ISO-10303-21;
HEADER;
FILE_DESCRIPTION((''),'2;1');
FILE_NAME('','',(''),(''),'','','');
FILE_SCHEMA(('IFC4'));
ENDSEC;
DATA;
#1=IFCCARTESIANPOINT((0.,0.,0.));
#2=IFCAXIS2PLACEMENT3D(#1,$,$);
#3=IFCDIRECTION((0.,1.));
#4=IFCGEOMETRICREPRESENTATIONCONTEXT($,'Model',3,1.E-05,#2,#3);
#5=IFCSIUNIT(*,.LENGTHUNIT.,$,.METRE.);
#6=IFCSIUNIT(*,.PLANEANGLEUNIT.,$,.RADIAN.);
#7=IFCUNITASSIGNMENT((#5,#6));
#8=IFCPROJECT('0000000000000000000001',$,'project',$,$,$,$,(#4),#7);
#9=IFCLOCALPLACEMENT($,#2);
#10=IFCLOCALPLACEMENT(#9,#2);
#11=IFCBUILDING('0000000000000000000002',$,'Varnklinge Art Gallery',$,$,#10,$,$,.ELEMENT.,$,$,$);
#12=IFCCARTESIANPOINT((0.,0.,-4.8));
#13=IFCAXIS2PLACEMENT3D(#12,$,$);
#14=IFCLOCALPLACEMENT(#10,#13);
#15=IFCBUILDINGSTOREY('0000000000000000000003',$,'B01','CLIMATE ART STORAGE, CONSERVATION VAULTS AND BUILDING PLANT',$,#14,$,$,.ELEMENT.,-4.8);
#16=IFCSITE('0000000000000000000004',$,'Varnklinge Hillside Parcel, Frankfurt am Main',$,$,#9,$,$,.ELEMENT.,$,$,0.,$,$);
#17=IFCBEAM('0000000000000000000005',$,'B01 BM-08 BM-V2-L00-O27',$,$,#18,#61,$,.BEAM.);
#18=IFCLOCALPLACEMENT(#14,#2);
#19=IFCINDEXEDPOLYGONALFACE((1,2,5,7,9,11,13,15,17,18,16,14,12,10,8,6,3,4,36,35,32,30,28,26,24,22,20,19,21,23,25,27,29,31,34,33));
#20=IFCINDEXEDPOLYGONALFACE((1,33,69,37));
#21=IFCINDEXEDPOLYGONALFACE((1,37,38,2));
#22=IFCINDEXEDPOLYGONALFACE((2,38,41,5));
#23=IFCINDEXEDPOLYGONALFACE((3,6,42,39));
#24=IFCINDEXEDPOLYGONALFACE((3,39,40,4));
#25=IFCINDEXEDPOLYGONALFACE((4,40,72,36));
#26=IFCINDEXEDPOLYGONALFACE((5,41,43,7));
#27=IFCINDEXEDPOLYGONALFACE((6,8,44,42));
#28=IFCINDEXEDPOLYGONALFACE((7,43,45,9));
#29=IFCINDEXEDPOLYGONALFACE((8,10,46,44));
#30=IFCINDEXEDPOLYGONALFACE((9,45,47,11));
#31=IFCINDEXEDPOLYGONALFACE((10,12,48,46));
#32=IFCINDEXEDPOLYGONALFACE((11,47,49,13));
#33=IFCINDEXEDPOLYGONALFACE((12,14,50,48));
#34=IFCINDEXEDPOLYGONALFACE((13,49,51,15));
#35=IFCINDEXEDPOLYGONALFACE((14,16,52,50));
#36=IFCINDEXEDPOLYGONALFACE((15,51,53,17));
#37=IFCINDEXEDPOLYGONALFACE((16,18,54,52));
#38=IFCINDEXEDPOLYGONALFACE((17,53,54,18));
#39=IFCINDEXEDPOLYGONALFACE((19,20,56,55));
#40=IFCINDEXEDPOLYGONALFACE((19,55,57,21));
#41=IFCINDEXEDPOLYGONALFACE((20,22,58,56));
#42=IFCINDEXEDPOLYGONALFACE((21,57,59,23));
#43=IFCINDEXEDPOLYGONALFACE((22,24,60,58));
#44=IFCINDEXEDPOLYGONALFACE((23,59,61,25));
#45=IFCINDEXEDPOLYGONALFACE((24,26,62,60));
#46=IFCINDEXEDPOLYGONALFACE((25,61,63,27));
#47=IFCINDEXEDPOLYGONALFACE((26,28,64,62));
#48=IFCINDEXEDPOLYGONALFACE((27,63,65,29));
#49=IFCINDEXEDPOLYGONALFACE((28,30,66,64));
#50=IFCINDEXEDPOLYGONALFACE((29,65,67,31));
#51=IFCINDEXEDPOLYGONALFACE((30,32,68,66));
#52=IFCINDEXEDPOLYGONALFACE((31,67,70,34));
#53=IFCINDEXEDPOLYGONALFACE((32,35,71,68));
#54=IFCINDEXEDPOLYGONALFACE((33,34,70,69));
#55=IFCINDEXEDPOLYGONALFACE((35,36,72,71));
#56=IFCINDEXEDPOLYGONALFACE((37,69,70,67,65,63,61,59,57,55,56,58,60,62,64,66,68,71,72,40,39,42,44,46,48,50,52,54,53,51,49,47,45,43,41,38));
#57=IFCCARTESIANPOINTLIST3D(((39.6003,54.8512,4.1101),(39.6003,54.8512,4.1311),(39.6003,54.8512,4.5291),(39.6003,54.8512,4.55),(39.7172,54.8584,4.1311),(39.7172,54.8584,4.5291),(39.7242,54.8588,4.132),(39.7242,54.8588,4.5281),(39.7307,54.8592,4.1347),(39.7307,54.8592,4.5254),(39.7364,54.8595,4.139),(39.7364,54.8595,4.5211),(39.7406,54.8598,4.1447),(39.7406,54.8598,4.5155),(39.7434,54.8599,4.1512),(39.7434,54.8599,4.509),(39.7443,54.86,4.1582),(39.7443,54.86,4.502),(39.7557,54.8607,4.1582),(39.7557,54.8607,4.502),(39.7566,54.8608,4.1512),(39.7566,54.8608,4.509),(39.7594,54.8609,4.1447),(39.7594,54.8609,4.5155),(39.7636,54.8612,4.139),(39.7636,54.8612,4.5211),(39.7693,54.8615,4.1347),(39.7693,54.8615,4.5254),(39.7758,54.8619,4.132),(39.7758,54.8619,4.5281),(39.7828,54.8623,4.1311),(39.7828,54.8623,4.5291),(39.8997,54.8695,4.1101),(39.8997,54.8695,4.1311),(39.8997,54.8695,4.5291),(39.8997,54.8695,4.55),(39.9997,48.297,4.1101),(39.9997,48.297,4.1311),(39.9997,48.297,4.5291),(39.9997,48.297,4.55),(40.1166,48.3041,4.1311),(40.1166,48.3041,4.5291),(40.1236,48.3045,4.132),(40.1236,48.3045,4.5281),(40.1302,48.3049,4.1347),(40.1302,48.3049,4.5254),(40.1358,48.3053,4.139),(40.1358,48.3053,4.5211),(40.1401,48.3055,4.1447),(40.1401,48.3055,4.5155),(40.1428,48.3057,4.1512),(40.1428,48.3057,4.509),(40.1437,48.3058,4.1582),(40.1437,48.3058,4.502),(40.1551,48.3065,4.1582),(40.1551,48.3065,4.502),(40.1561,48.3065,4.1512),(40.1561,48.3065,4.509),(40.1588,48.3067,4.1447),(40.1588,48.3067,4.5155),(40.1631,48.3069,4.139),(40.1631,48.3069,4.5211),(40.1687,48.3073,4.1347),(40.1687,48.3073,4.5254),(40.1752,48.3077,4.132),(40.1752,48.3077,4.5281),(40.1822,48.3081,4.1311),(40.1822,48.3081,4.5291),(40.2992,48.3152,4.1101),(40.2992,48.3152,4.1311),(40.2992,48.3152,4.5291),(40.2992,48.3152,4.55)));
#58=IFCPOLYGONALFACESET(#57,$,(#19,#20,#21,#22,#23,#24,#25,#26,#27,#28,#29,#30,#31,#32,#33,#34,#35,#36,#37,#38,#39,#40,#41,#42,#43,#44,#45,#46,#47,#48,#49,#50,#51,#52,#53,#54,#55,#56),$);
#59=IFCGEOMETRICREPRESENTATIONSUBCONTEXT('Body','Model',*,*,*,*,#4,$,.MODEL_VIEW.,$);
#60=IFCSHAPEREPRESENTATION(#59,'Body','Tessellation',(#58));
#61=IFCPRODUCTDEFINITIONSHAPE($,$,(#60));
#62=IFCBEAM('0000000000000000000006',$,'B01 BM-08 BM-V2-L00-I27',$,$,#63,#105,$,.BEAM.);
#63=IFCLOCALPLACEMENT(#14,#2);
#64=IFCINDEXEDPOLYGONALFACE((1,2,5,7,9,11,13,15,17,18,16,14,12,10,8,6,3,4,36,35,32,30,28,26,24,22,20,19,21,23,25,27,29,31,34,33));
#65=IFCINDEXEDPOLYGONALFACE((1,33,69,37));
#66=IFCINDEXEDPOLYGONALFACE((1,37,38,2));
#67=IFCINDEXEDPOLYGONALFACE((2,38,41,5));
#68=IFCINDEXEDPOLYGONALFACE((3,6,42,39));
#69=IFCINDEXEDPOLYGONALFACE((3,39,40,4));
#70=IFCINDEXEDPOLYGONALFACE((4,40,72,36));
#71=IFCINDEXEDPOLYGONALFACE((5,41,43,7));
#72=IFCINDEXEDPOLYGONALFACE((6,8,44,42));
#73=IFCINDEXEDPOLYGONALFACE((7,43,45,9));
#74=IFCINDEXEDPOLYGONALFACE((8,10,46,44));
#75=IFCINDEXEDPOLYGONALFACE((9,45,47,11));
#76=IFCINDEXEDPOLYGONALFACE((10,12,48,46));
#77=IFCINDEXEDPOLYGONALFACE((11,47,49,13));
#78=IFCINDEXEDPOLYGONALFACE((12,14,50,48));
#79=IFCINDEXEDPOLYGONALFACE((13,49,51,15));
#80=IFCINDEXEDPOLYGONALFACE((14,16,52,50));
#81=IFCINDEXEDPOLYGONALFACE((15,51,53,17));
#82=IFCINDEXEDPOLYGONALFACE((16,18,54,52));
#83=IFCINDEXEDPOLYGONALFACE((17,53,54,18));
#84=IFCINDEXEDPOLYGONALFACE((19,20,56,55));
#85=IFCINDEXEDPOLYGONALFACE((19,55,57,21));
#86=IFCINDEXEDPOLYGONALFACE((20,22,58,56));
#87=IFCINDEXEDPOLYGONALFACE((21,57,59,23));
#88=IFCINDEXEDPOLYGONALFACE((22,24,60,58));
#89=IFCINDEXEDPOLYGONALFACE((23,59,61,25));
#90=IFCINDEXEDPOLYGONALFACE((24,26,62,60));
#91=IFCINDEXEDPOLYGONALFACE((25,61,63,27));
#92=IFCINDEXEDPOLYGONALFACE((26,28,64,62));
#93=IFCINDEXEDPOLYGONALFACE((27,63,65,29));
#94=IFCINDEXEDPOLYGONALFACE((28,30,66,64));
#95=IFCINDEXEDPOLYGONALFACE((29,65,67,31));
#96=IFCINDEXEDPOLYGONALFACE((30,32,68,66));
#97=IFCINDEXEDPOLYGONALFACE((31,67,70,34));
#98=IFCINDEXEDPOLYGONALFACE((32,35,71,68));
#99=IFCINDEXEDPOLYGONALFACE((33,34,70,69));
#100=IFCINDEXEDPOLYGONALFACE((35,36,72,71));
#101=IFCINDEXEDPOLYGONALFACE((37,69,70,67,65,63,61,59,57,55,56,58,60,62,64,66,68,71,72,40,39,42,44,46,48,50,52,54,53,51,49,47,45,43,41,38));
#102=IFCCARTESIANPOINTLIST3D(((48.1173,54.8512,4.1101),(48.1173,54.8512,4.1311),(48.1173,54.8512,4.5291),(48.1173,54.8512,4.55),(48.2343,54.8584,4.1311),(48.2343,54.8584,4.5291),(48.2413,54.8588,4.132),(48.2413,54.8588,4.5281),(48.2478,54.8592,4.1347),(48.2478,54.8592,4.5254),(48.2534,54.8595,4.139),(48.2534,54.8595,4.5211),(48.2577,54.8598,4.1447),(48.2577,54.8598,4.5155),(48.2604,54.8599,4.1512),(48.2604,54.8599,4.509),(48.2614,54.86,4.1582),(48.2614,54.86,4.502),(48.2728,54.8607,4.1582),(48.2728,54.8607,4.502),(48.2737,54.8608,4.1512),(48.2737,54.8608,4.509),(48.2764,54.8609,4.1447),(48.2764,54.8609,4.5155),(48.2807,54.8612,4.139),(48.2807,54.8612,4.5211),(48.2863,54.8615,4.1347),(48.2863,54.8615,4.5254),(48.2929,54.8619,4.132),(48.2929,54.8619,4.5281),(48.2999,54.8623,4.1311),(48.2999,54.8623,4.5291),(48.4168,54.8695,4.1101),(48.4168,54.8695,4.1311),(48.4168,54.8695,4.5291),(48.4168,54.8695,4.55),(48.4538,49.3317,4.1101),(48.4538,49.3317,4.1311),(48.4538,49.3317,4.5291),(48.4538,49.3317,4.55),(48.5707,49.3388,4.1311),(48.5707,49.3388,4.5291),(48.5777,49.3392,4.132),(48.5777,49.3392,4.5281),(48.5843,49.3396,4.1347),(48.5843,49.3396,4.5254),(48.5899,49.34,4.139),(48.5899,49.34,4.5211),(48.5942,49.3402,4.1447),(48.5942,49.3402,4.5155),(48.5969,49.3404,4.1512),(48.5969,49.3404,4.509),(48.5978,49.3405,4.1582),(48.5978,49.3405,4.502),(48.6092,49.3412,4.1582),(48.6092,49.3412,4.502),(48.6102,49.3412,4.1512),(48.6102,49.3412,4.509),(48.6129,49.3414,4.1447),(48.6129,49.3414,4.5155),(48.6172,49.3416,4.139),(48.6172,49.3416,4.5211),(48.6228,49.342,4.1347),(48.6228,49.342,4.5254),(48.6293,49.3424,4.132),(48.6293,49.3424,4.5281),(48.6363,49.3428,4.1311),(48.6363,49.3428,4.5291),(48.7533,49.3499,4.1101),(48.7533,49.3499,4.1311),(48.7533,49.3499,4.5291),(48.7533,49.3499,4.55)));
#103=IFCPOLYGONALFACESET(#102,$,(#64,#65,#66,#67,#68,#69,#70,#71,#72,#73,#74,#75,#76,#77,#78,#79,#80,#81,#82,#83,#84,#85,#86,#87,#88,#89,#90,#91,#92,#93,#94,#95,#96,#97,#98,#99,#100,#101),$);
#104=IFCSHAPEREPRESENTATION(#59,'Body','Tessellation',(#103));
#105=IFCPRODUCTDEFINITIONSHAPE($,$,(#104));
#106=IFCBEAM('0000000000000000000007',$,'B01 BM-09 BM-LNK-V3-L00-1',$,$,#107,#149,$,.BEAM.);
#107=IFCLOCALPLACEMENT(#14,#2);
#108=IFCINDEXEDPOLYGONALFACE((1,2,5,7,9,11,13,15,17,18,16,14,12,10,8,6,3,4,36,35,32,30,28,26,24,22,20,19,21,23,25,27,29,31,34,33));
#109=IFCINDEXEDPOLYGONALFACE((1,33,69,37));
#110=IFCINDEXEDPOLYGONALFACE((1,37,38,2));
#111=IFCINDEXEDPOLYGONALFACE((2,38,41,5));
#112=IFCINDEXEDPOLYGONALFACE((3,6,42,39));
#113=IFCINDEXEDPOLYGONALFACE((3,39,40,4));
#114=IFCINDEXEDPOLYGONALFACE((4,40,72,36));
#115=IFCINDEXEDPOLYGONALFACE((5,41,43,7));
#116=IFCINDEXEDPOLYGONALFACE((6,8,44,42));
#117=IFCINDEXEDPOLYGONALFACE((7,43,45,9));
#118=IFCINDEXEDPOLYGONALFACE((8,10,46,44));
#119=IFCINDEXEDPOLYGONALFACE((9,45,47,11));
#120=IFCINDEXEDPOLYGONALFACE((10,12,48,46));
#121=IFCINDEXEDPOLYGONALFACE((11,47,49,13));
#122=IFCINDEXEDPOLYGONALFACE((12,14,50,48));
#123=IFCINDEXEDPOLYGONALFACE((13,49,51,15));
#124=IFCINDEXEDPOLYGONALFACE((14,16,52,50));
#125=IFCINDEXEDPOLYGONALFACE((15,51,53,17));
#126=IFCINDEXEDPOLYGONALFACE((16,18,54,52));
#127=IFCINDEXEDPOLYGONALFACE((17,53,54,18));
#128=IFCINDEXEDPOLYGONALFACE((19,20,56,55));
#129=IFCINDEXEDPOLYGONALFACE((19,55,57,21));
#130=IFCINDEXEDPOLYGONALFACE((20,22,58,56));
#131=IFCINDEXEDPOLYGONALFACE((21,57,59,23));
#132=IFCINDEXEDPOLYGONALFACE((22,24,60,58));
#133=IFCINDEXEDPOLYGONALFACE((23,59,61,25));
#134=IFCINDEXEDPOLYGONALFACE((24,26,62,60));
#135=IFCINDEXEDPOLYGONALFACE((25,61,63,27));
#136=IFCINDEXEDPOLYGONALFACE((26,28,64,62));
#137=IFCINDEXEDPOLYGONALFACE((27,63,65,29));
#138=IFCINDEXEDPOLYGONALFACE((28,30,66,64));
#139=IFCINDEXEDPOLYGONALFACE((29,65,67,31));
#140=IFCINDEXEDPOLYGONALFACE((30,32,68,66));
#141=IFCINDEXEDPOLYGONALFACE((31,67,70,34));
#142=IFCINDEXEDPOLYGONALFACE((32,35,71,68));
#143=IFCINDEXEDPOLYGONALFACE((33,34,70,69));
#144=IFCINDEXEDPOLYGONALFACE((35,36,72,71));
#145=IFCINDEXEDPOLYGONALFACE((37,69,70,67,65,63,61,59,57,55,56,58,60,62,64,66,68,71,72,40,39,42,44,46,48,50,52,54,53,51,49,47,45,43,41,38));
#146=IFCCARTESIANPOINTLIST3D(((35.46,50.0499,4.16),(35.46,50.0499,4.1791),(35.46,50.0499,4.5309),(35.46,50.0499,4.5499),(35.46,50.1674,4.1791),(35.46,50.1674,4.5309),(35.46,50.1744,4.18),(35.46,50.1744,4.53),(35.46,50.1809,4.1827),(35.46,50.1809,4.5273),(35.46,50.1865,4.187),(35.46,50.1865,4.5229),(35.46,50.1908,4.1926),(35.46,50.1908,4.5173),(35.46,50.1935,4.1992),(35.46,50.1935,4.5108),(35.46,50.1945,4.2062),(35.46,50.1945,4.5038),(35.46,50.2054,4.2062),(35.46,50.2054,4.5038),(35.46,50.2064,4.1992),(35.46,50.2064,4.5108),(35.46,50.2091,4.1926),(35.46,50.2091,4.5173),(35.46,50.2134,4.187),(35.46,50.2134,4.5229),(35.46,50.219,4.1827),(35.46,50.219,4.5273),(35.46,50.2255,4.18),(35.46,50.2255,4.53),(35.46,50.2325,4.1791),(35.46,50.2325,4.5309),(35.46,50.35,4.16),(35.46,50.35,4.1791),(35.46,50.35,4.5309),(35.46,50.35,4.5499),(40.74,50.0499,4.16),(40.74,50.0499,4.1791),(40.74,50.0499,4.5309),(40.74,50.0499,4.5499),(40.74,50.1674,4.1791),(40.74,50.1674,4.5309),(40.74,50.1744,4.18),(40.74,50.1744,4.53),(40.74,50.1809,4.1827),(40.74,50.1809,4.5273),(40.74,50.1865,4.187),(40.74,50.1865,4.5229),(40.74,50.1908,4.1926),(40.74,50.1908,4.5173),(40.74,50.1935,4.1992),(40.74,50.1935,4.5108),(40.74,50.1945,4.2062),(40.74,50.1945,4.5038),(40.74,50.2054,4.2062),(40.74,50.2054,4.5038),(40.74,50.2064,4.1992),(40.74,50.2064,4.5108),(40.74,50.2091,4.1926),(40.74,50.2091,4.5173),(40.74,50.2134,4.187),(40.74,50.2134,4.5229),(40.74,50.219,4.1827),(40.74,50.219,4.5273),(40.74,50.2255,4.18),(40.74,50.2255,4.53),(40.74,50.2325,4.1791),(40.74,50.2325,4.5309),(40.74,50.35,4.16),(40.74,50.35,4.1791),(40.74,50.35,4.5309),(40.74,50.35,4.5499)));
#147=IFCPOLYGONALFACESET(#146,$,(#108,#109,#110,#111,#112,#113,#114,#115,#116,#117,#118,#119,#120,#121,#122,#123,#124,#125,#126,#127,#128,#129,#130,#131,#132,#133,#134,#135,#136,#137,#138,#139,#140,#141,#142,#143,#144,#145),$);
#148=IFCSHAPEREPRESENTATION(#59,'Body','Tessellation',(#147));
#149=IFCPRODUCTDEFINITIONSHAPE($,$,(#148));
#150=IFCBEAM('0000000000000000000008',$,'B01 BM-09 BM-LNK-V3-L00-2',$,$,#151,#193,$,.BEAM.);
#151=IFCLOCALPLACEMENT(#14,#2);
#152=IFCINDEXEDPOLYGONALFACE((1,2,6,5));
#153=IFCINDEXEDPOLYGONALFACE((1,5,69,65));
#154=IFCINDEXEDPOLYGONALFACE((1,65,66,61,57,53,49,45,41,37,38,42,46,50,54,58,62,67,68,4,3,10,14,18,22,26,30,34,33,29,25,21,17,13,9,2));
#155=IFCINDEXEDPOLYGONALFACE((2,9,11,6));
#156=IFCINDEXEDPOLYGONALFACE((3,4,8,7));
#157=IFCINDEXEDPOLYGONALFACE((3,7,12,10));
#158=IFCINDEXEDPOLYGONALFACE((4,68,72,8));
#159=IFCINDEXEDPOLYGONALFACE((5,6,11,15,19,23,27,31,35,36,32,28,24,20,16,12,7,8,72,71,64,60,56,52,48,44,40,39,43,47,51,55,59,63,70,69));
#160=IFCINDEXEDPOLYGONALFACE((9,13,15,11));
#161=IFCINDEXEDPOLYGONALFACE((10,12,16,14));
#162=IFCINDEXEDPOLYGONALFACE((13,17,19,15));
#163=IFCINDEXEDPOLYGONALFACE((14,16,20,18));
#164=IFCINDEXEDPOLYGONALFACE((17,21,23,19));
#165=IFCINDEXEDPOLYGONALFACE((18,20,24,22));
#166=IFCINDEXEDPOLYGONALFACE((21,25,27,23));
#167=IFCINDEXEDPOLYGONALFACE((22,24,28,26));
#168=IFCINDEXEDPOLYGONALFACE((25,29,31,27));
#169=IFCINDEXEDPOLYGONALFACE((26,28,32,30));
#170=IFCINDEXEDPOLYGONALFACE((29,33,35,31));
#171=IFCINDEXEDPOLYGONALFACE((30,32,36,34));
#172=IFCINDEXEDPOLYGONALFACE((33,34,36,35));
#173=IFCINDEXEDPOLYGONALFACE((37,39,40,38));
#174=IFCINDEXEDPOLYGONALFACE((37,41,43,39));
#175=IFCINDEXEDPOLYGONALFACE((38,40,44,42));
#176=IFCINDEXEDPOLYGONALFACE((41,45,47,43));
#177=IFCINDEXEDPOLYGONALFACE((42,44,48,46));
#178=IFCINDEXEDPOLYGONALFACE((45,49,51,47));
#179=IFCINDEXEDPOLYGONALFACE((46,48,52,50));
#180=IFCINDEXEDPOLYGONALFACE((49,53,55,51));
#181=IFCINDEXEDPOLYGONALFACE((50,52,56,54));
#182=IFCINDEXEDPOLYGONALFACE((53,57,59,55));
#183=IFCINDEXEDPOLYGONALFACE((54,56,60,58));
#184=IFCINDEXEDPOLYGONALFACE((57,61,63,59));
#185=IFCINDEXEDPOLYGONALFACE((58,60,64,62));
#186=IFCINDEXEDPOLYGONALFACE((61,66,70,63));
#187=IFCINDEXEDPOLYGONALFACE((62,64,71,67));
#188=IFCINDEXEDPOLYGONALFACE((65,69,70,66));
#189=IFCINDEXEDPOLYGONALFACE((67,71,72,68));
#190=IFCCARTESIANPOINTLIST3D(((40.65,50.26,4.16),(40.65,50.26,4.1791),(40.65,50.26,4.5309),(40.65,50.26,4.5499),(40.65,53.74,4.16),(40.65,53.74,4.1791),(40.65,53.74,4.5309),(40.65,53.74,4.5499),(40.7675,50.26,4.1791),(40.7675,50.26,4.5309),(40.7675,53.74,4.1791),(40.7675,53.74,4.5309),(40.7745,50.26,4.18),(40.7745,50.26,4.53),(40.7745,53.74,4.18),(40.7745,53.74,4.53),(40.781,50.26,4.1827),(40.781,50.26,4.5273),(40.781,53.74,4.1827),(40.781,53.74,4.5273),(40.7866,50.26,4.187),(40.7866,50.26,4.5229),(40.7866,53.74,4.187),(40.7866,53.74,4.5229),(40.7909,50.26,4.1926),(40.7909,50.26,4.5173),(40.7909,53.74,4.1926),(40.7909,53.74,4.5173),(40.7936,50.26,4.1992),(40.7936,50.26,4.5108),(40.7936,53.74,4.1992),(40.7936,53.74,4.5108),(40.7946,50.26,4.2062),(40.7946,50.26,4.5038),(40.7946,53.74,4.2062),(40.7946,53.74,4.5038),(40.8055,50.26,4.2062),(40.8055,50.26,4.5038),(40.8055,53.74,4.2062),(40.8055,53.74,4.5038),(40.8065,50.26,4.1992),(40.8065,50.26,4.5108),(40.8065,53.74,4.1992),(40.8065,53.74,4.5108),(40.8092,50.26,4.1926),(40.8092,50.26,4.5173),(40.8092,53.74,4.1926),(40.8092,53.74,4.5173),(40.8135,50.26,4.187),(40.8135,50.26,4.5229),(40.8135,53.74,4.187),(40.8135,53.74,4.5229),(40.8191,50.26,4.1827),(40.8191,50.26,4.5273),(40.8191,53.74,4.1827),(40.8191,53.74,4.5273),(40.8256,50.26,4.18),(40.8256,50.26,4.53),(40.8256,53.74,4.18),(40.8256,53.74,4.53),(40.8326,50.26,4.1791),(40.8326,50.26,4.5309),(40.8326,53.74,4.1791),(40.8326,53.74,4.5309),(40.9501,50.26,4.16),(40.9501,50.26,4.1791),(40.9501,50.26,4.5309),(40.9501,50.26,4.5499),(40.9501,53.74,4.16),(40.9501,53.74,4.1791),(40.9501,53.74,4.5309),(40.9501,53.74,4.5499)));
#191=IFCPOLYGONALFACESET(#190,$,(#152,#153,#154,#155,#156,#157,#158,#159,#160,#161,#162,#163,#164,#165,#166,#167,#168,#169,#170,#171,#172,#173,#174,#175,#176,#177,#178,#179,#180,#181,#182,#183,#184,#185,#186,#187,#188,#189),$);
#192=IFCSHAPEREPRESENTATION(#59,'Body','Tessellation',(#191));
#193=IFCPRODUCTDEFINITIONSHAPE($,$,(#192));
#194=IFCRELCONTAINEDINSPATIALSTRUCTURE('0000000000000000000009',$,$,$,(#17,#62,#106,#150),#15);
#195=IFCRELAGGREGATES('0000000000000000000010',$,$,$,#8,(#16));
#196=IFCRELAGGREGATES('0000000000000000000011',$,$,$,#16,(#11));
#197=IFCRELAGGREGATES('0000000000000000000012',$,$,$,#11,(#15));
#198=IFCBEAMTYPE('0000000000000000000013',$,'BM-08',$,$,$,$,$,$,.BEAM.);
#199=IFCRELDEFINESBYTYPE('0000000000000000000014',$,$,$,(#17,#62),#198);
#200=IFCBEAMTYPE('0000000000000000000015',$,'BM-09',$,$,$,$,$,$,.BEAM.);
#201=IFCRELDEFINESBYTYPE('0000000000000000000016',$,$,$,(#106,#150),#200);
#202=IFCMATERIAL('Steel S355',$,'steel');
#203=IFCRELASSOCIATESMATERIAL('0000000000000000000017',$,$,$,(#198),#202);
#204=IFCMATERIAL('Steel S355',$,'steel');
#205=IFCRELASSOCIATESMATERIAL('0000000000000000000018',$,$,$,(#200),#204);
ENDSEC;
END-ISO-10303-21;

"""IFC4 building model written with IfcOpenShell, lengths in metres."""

from ifc_helpers import new_model, si_unit, direction, frame, origin, origin_2d, place, context, subcontext, project, spatial, i_section, extrude, material, material_profile, profile_set, type_object, element, save


model = new_model("IFC4")

# Units and contexts
model_context = context("Model", 3, precision=1e-05, world=origin(), true_north=direction((0.0, 1.0)))
body_context = subcontext(model_context, "Body", "Model", "MODEL_VIEW")
ifc_project = project(units=[si_unit("LENGTHUNIT", "METRE"), si_unit("PLANEANGLEUNIT", "RADIAN")], contexts=[model_context])

# Site, building, storey
site_placement = place(None, origin())
site = spatial("IfcSite", under=ifc_project, at=site_placement, Name="Varnklinge Hillside Parcel, Frankfurt am Main", CompositionType="ELEMENT", RefElevation=0.0)
building_placement = place(site_placement, origin())
building = spatial("IfcBuilding", under=site, at=building_placement, Name="Varnklinge Art Gallery", CompositionType="ELEMENT")
storey_placement = place(building_placement, frame((0.0, 0.0, -4.8)))
storey = spatial("IfcBuildingStorey", under=building, at=storey_placement, Name="B01", Description="CLIMATE ART STORAGE, CONSERVATION VAULTS AND BUILDING PLANT", CompositionType="ELEMENT", Elevation=-4.8)

# Beams
ifc_material_1 = material(Name="Steel S355", Category="steel")
ifc_material_profile_1 = material_profile(ifc_material_1, i_section(OverallWidth=0.3, OverallDepth=0.4399, WebThickness=0.0115, FlangeThickness=0.021, FilletRadius=0.0271, at=origin_2d()), Name="HEA 450")
ifc_profile_set_1 = profile_set([ifc_material_profile_1], Name="Steel S355")
beam_type_1 = type_object("IfcBeamType", Name="BM-08", PredefinedType="BEAM", material=ifc_profile_set_1)
beam_1_placement = place(storey_placement, frame((39.75, 54.8604, 4.3301), z_axis=(0.060827, -0.998148, 0.0), x_axis=(0.998148, 0.060827, 0.0)))
element("IfcBeam", 1, at=beam_1_placement, inside=storey, type_object=beam_type_1, Name="B01 BM-08 BM-V2-L00-O27", PredefinedType="BEAM", context=body_context, shape_type="SweptSolid", body=[
    extrude(i_section(OverallWidth=0.3, OverallDepth=0.4399, WebThickness=0.0115, FlangeThickness=0.021, FilletRadius=0.0271, at=origin_2d()), origin(), (0.0, 0.0, 1.0), 6.5664),
])
beam_2_placement = place(storey_placement, frame((48.2671, 54.8604, 4.3301), z_axis=(0.060839, -0.998148, 0.0), x_axis=(0.998148, 0.060839, 0.0)))
element("IfcBeam", 2, at=beam_2_placement, inside=storey, type_object=beam_type_1, Name="B01 BM-08 BM-V2-L00-I27", PredefinedType="BEAM", context=body_context, shape_type="SweptSolid", body=[
    extrude(i_section(OverallWidth=0.3, OverallDepth=0.4399, WebThickness=0.0115, FlangeThickness=0.021, FilletRadius=0.0271, at=origin_2d()), origin(), (0.0, 0.0, 1.0), 5.5298),
])
ifc_material_2 = material(Name="Steel S355", Category="steel")
ifc_material_profile_2 = material_profile(ifc_material_2, i_section(OverallWidth=0.3, OverallDepth=0.3899, WebThickness=0.011, FlangeThickness=0.019, FilletRadius=0.0271, at=origin_2d()), Name="HEA 400")
ifc_profile_set_2 = profile_set([ifc_material_profile_2], Name="Steel S355")
beam_type_2 = type_object("IfcBeamType", Name="BM-09", PredefinedType="BEAM", material=ifc_profile_set_2)
beam_3_placement = place(storey_placement, frame((35.46, 50.2, 4.355), z_axis=(1.0, 0.0, 0.0), x_axis=(0.0, 1.0, 0.0)))
element("IfcBeam", 3, at=beam_3_placement, inside=storey, type_object=beam_type_2, Name="B01 BM-09 BM-LNK-V3-L00-1", PredefinedType="BEAM", context=body_context, shape_type="SweptSolid", body=[
    extrude(i_section(OverallWidth=0.3, OverallDepth=0.3899, WebThickness=0.011, FlangeThickness=0.019, FilletRadius=0.0271, at=origin_2d()), origin(), (0.0, 0.0, 1.0), 5.28),
])
beam_4_placement = place(storey_placement, frame((40.8, 50.26, 4.355), z_axis=(0.0, 1.0, 0.0), x_axis=(-1.0, 0.0, 0.0)))
element("IfcBeam", 4, at=beam_4_placement, inside=storey, type_object=beam_type_2, Name="B01 BM-09 BM-LNK-V3-L00-2", PredefinedType="BEAM", context=body_context, shape_type="SweptSolid", body=[
    extrude(i_section(OverallWidth=0.3, OverallDepth=0.3899, WebThickness=0.011, FlangeThickness=0.019, FilletRadius=0.0271, at=origin_2d()), origin(), (0.0, 0.0, 1.0), 3.48),
])

save(model, "model.ifc")
